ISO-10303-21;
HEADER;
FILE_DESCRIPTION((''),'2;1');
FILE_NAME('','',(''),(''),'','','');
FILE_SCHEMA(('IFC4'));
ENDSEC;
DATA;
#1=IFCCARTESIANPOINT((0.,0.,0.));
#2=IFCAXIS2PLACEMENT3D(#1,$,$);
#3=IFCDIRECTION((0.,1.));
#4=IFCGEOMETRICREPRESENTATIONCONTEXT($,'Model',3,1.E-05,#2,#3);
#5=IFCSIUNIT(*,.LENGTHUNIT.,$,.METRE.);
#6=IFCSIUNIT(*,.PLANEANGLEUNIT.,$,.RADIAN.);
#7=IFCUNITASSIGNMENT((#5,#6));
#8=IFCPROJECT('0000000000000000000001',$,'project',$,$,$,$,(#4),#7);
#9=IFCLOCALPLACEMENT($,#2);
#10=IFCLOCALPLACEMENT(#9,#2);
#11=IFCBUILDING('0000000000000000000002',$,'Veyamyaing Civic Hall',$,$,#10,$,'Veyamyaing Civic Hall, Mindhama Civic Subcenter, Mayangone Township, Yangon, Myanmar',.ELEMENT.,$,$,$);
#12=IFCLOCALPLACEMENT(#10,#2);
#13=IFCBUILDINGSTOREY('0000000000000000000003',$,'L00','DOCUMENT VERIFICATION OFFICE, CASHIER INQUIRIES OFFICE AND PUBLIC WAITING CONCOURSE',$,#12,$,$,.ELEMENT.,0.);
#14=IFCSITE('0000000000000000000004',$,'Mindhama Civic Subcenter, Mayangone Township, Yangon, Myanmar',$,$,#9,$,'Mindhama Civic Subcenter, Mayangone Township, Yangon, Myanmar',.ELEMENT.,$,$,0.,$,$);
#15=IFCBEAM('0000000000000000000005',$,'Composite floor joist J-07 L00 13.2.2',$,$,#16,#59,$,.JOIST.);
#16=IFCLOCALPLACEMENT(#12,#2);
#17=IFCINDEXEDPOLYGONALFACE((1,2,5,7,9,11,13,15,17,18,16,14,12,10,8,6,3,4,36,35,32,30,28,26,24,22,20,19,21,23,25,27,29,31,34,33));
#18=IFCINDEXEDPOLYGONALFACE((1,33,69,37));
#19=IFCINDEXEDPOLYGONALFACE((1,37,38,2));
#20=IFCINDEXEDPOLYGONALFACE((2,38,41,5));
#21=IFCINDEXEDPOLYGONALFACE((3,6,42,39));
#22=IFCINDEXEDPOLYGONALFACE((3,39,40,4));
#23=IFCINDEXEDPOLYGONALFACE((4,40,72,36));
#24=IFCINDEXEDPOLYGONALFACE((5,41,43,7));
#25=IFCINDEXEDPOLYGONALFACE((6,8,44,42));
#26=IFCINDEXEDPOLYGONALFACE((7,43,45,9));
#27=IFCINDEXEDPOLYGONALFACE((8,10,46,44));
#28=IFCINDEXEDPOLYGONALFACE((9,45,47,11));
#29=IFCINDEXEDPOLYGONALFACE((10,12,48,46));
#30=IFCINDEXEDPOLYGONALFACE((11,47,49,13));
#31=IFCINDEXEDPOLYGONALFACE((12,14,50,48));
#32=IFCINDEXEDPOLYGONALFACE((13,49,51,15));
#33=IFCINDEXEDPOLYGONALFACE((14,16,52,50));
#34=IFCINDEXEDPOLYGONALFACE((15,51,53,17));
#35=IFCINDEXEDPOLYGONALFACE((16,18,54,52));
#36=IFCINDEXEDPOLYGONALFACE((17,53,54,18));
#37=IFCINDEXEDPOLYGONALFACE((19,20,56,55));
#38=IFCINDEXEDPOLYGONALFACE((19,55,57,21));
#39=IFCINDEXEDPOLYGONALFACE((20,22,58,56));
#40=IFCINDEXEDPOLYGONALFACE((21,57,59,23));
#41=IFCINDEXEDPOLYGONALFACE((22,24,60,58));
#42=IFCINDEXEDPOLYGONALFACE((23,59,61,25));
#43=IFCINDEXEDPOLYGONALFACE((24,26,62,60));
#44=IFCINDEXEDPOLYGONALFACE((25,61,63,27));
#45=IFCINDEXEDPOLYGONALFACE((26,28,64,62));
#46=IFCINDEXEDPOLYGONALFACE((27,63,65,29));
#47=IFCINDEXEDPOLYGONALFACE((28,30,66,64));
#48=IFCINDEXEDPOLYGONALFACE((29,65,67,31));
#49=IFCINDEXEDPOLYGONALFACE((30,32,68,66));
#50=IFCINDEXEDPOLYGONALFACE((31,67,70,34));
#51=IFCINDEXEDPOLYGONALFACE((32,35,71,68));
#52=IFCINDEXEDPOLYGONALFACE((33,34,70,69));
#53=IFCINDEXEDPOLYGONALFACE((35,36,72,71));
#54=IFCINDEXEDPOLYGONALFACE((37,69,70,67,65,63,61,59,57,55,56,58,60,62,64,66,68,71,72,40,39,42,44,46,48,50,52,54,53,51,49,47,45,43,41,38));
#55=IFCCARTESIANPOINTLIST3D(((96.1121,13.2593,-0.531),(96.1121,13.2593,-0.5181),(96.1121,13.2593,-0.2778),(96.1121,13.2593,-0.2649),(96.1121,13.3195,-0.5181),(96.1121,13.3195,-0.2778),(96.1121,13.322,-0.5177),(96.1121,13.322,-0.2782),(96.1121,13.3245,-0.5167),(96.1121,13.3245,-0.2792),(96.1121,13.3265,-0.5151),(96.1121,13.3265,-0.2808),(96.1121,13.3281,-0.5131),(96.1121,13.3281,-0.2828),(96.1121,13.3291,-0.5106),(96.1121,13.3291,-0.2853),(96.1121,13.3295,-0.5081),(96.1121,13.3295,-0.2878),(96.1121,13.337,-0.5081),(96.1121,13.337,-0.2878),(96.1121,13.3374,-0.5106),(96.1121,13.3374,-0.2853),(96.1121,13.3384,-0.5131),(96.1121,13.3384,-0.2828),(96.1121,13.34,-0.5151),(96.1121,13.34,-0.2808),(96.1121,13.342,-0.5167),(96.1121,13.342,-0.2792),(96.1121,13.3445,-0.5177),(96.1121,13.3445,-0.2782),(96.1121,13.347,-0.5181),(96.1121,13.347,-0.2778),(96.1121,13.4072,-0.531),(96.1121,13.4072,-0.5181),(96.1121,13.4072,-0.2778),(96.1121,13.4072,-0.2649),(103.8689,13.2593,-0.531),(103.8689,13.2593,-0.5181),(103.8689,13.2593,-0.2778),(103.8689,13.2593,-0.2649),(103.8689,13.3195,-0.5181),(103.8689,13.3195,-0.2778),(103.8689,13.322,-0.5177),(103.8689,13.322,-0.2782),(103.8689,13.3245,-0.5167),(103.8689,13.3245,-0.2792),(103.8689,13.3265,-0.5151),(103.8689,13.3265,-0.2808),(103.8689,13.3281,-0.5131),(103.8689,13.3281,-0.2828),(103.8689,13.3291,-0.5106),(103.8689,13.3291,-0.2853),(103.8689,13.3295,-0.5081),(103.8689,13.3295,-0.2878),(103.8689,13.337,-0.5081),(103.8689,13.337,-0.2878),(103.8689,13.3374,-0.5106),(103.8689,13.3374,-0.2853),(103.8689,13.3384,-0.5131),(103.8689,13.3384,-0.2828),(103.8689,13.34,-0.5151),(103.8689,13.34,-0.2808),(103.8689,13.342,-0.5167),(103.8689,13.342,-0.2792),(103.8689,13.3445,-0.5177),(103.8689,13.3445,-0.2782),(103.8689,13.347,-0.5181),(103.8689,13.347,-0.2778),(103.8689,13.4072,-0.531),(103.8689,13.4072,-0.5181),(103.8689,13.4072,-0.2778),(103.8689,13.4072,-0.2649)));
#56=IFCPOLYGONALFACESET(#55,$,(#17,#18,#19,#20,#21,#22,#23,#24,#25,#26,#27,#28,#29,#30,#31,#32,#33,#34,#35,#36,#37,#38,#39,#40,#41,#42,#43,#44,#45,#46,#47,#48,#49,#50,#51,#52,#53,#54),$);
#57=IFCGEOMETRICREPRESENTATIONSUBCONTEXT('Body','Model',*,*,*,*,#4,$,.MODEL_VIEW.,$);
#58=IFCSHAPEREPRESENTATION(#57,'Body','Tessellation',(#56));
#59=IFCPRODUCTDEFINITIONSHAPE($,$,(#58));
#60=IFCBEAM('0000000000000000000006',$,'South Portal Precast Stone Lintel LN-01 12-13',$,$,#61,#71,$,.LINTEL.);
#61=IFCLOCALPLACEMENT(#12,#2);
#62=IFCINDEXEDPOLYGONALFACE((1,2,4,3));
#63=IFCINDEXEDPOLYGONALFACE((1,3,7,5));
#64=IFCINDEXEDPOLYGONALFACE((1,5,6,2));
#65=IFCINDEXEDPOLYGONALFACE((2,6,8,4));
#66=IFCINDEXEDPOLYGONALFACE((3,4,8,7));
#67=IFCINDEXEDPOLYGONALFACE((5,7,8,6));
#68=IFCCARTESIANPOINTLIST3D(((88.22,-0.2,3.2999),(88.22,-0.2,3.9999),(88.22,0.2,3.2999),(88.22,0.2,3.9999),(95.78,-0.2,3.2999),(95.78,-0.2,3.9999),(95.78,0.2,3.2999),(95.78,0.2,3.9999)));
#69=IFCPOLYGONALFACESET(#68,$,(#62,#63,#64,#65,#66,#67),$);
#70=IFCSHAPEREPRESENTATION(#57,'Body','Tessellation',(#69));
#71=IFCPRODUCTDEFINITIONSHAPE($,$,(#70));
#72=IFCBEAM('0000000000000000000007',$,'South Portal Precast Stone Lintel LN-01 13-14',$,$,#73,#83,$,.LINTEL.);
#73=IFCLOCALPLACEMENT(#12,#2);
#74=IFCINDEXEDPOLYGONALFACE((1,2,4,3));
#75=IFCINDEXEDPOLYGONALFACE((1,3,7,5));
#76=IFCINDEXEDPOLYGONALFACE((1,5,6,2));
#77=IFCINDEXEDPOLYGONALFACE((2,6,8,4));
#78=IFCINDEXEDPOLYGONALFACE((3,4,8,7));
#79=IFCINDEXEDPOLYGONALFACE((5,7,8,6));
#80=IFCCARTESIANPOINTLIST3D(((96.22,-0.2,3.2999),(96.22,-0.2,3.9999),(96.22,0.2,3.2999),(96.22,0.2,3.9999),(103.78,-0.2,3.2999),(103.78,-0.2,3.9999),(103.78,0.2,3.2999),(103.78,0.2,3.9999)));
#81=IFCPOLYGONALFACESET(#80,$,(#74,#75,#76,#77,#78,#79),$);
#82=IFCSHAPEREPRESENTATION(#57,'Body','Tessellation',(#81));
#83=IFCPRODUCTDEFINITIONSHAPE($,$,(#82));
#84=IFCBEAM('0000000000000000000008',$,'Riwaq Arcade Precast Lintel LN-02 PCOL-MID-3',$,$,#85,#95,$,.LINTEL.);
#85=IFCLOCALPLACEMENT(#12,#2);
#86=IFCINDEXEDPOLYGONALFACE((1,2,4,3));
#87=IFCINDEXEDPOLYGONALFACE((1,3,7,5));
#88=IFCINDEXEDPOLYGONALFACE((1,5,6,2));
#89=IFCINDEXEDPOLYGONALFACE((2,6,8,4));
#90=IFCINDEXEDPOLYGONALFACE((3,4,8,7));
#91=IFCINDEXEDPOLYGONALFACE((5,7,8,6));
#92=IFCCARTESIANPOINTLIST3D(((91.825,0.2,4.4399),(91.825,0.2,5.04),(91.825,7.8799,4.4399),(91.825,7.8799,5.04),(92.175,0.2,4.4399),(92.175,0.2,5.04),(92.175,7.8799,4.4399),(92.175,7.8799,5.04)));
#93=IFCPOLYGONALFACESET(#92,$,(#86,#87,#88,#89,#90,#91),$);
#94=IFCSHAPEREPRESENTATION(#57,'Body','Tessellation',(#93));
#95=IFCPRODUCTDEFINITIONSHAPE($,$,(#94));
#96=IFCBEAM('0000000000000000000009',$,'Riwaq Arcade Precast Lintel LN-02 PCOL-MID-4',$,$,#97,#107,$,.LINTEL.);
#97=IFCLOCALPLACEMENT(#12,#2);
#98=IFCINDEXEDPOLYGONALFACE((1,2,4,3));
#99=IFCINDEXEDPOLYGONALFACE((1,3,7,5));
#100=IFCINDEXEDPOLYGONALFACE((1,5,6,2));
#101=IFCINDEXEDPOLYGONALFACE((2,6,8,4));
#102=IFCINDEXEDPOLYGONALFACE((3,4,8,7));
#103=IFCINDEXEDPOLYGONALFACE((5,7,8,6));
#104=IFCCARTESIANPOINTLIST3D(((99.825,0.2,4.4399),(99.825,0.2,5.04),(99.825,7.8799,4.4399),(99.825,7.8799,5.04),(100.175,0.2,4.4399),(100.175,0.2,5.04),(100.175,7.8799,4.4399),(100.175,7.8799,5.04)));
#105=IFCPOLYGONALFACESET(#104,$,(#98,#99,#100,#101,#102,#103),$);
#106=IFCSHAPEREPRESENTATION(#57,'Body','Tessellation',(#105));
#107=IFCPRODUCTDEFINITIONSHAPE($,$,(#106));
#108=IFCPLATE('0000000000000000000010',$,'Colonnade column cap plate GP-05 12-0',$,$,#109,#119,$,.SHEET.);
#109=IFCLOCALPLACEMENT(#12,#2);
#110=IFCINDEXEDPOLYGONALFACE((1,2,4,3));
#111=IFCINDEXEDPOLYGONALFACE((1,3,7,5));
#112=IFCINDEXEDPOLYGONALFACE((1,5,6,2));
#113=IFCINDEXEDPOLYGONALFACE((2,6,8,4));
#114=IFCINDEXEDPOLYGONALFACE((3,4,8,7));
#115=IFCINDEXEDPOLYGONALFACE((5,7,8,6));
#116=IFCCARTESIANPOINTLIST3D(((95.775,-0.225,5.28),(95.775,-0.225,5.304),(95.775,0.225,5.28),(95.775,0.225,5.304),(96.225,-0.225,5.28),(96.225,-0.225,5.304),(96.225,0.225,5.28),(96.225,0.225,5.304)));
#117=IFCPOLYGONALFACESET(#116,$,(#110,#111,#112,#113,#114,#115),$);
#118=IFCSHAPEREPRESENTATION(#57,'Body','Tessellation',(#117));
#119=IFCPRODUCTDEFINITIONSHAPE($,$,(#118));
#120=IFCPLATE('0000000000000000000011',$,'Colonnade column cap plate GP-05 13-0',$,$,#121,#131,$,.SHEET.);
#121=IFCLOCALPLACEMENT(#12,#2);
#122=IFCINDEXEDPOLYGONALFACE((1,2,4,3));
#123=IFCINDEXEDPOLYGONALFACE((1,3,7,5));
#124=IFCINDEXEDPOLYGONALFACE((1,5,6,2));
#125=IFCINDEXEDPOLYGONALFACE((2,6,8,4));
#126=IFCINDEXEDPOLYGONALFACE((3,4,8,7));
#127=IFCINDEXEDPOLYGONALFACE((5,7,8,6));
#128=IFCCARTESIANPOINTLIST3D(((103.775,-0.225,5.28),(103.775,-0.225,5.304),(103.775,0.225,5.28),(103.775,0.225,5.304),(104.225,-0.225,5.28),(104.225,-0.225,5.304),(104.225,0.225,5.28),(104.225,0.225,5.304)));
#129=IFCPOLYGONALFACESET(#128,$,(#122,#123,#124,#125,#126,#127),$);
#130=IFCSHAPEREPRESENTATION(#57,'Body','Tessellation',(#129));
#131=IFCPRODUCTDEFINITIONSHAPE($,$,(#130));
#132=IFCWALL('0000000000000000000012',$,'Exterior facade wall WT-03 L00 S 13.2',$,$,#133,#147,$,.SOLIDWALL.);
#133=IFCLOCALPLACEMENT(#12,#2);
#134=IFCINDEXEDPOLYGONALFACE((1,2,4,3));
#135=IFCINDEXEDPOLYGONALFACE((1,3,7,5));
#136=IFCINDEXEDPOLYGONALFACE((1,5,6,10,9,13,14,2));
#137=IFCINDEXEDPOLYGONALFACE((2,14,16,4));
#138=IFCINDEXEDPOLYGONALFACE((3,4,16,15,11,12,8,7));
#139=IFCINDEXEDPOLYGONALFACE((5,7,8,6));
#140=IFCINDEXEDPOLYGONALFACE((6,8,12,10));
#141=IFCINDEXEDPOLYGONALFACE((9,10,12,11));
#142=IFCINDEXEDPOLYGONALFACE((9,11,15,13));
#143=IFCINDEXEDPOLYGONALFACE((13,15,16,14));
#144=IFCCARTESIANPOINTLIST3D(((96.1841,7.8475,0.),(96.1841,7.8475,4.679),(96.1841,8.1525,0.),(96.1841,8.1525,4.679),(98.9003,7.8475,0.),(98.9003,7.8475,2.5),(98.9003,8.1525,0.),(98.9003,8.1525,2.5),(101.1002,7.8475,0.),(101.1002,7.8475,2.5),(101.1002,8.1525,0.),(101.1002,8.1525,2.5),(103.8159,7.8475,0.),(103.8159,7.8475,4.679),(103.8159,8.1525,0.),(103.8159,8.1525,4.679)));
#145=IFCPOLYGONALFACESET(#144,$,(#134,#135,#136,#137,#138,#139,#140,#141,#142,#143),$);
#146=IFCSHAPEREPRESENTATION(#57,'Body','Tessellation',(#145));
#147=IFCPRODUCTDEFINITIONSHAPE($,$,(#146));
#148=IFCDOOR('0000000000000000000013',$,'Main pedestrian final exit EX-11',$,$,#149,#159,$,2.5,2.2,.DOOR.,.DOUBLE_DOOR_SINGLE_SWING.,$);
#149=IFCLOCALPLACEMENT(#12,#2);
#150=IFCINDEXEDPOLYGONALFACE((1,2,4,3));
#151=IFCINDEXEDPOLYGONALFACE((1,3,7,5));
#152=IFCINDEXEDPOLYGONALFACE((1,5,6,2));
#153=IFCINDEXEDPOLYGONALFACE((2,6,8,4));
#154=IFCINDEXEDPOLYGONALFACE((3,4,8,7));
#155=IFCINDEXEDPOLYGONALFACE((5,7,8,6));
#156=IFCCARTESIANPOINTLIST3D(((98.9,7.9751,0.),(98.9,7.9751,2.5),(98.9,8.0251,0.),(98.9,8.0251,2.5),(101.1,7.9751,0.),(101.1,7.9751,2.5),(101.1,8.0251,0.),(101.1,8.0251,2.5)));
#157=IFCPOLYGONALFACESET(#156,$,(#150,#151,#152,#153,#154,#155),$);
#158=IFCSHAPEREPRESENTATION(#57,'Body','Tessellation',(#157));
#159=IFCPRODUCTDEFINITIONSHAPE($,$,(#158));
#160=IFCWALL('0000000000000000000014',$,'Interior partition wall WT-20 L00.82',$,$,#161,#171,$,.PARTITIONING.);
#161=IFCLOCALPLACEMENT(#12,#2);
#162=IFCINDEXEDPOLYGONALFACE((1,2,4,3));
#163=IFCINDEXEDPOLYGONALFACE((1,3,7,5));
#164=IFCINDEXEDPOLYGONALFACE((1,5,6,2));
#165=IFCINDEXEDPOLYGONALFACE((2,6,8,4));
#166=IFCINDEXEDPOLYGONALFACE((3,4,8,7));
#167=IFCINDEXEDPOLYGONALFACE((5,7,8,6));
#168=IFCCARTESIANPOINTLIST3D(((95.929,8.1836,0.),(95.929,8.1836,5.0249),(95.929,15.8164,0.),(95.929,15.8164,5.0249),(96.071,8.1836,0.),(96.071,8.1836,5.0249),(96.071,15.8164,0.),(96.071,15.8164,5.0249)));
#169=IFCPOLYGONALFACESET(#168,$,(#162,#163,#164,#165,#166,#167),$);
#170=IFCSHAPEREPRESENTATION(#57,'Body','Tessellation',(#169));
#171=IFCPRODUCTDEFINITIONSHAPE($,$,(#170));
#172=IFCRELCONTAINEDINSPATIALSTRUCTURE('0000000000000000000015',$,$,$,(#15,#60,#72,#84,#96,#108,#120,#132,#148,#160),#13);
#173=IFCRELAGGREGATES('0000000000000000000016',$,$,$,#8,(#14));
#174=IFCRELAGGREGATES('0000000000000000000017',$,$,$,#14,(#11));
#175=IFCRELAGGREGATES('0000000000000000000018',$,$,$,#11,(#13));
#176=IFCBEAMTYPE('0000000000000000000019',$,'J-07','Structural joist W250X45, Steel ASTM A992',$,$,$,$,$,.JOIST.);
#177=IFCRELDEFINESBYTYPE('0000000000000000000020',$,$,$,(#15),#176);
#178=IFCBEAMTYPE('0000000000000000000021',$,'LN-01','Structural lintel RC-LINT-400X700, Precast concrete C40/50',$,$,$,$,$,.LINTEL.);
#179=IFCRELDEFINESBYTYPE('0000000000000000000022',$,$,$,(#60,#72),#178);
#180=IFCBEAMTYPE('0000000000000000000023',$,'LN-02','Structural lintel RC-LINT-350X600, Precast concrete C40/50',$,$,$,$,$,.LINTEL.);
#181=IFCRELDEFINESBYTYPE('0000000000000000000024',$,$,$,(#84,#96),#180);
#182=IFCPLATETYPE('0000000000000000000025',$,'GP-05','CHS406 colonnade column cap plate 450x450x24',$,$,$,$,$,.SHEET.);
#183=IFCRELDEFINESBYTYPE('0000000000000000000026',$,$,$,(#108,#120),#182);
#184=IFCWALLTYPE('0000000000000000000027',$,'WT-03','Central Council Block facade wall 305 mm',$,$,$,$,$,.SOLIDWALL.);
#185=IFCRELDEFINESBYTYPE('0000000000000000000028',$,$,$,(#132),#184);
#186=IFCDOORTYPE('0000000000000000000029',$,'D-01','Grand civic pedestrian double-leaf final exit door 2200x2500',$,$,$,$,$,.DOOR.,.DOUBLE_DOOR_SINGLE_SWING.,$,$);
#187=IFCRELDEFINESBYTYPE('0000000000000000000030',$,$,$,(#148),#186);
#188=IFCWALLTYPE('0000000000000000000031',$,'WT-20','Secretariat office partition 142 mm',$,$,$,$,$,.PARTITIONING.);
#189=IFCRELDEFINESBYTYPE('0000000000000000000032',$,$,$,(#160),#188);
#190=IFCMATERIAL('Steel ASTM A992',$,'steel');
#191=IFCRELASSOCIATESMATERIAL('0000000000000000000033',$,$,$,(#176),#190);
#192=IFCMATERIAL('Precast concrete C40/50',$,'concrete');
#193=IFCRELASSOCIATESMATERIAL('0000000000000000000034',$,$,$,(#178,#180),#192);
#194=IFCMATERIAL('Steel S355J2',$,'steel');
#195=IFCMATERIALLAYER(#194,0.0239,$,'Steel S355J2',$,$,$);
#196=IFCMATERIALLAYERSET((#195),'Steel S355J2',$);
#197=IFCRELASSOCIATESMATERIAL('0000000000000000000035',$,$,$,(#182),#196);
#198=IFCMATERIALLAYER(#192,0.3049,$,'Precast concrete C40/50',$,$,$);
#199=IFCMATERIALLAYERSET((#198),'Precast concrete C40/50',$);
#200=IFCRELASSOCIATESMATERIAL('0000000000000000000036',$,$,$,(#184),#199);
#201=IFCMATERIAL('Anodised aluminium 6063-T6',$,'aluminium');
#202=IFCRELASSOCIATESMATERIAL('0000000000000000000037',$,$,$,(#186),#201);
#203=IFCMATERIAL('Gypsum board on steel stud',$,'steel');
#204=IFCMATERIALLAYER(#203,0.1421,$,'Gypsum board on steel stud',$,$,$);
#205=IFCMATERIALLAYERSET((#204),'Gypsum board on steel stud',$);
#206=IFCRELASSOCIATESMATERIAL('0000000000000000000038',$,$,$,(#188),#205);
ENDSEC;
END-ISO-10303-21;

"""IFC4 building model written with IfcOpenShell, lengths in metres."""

from ifc_helpers import new_model, si_unit, direction, frame, frame_2d, origin, origin_2d, place, context, subcontext, project, spatial, rectangle, i_section, extrude, material, layer, layer_set, material_profile, profile_set, type_object, element, fill, save


model = new_model("IFC4")

# Units and contexts
model_context = context("Model", 3, precision=1e-05, world=origin(), true_north=direction((0.0, 1.0)))
body_context = subcontext(model_context, "Body", "Model", "MODEL_VIEW")
ifc_project = project(units=[si_unit("LENGTHUNIT", "METRE"), si_unit("PLANEANGLEUNIT", "RADIAN")], contexts=[model_context])

# Site, building, storey
site_placement = place(None, origin())
site = spatial("IfcSite", under=ifc_project, at=site_placement, Name="Mindhama Civic Subcenter, Mayangone Township, Yangon, Myanmar", LongName="Mindhama Civic Subcenter, Mayangone Township, Yangon, Myanmar", CompositionType="ELEMENT", RefElevation=0.0)
building_placement = place(site_placement, origin())
building = spatial("IfcBuilding", under=site, at=building_placement, Name="Veyamyaing Civic Hall", LongName="Veyamyaing Civic Hall, Mindhama Civic Subcenter, Mayangone Township, Yangon, Myanmar", CompositionType="ELEMENT")
storey_placement = place(building_placement, origin())
storey = spatial("IfcBuildingStorey", under=building, at=storey_placement, Name="L00", Description="DOCUMENT VERIFICATION OFFICE, CASHIER INQUIRIES OFFICE AND PUBLIC WAITING CONCOURSE", CompositionType="ELEMENT", Elevation=0.0)

# Shared definitions
ifc_material_1 = material(Name="Steel S355J2", Category="steel")

# Beams
ifc_material_2 = material(Name="Steel ASTM A992", Category="steel")
ifc_material_profile_1 = material_profile(ifc_material_2, i_section(OverallWidth=0.1479, OverallDepth=0.2661, WebThickness=0.0076, FlangeThickness=0.0129, FilletRadius=0.01, at=origin_2d()), Name="W250X45")
ifc_profile_set_1 = profile_set([ifc_material_profile_1], Name="Steel ASTM A992")
beam_type_1 = type_object("IfcBeamType", Name="J-07", Description="Structural joist W250X45, Steel ASTM A992", PredefinedType="JOIST", material=ifc_profile_set_1)
for number, where, z_axis, x_axis, name in (
    (1, (96.1121, 13.3333, -0.3979), (1.0, 0.0, 0.0), (0.0, 1.0, 0.0), "Composite floor joist J-07 L00 13.2.2"),
):
    element("IfcBeam", number, at=place(storey_placement, frame(where, z_axis=z_axis, x_axis=x_axis)), inside=storey, type_object=beam_type_1, Name=name, PredefinedType="JOIST", context=body_context, shape_type="SweptSolid", body=[
        extrude(i_section(OverallWidth=0.1479, OverallDepth=0.2661, WebThickness=0.0076, FlangeThickness=0.0129, FilletRadius=0.01, at=origin_2d()), origin(), (0.0, 0.0, 1.0), 7.7568),
    ])
ifc_material_3 = material(Name="Precast concrete C40/50", Category="concrete")
ifc_material_profile_2 = material_profile(ifc_material_3, rectangle(XDim=0.3999, YDim=0.7, at=origin_2d()), Name="RC-LINT-400X700")
ifc_profile_set_2 = profile_set([ifc_material_profile_2], Name="Precast concrete C40/50")
beam_type_2 = type_object("IfcBeamType", Name="LN-01", Description="Structural lintel RC-LINT-400X700, Precast concrete C40/50", PredefinedType="LINTEL", material=ifc_profile_set_2)
for number, where, z_axis, x_axis, name in (
    (2, (88.22, 0.0, 3.6499), (1.0, 0.0, 0.0), (0.0, 1.0, 0.0), "South Portal Precast Stone Lintel LN-01 12-13"),
    (3, (96.22, 0.0, 3.6499), (1.0, 0.0, 0.0), (0.0, 1.0, 0.0), "South Portal Precast Stone Lintel LN-01 13-14"),
):
    element("IfcBeam", number, at=place(storey_placement, frame(where, z_axis=z_axis, x_axis=x_axis)), inside=storey, type_object=beam_type_2, Name=name, PredefinedType="LINTEL", context=body_context, shape_type="SweptSolid", body=[
        extrude(rectangle(XDim=0.3999, YDim=0.7, at=origin_2d()), origin(), (0.0, 0.0, 1.0), 7.5601),
    ])
ifc_material_profile_3 = material_profile(ifc_material_3, rectangle(XDim=0.3501, YDim=0.6001, at=origin_2d()), Name="RC-LINT-350X600")
ifc_profile_set_3 = profile_set([ifc_material_profile_3], Name="Precast concrete C40/50")
beam_type_3 = type_object("IfcBeamType", Name="LN-02", Description="Structural lintel RC-LINT-350X600, Precast concrete C40/50", PredefinedType="LINTEL", material=ifc_profile_set_3)
for number, where, z_axis, x_axis, name in (
    (4, (92.0, 0.2, 4.74), (0.0, 1.0, 0.0), (-1.0, 0.0, 0.0), "Riwaq Arcade Precast Lintel LN-02 PCOL-MID-3"),
    (5, (100.0, 0.2, 4.74), (0.0, 1.0, 0.0), (-1.0, 0.0, 0.0), "Riwaq Arcade Precast Lintel LN-02 PCOL-MID-4"),
):
    element("IfcBeam", number, at=place(storey_placement, frame(where, z_axis=z_axis, x_axis=x_axis)), inside=storey, type_object=beam_type_3, Name=name, PredefinedType="LINTEL", context=body_context, shape_type="SweptSolid", body=[
        extrude(rectangle(XDim=0.3501, YDim=0.6001, at=origin_2d()), origin(), (0.0, 0.0, 1.0), 7.6799),
    ])

# Plates
ifc_layer_1 = layer(ifc_material_1, 0.0239, Name="Steel S355J2")
ifc_layer_set_1 = layer_set([ifc_layer_1], Name="Steel S355J2")
plate_type = type_object("IfcPlateType", Name="GP-05", Description="CHS406 colonnade column cap plate 450x450x24", PredefinedType="SHEET", material=ifc_layer_set_1)
for number, where, z_axis, x_axis, name in (
    (6, (96.0, 0.0, 5.28), (0.0, 0.0, 1.0), (1.0, 0.0, 0.0), "Colonnade column cap plate GP-05 12-0"),
    (7, (104.0, 0.0, 5.28), (0.0, 0.0, 1.0), (1.0, 0.0, 0.0), "Colonnade column cap plate GP-05 13-0"),
):
    element("IfcPlate", number, at=place(storey_placement, frame(where, z_axis=z_axis, x_axis=x_axis)), inside=storey, type_object=plate_type, Name=name, PredefinedType="SHEET", context=body_context, shape_type="SweptSolid", body=[
        extrude(rectangle(XDim=0.45, YDim=0.45, at=origin_2d()), origin(), (0.0, 0.0, 1.0), 0.0239),
    ])

# Wall, opening, door
ifc_layer_2 = layer(ifc_material_3, 0.3049, Name="Precast concrete C40/50")
ifc_layer_set_2 = layer_set([ifc_layer_2], Name="Precast concrete C40/50")
wall_type_1 = type_object("IfcWallType", Name="WT-03", Description="Central Council Block facade wall 305 mm", PredefinedType="SOLIDWALL", material=ifc_layer_set_2)
wall_1_placement = place(storey_placement, frame((96.1841, 8.0, 0.0), z_axis=(0.0, 0.0, 1.0), x_axis=(1.0, 0.0, 0.0)))
wall_1 = element("IfcWall", 8, at=wall_1_placement, inside=storey, type_object=wall_type_1, Name="Exterior facade wall WT-03 L00 S 13.2", PredefinedType="SOLIDWALL", context=body_context, shape_type="SweptSolid", body=[
    extrude(rectangle(XDim=7.6318, YDim=0.3049, at=frame_2d((3.8159, 0.0))), origin(), (0.0, 0.0, 1.0), 4.679),
])
opening_placement = place(wall_1_placement, frame((2.7161, 0.0, 0.0)))
opening = element("IfcOpeningElement", 9, at=opening_placement, cuts=wall_1, PredefinedType="OPENING", context=body_context, shape_type="SweptSolid", body=[
    extrude(rectangle(XDim=2.2, YDim=2.5, at=frame_2d((1.1001, 1.25))), frame((0.0, 0.1624, 0.0), z_axis=(0.0, -1.0, 0.0), x_axis=(1.0, 0.0, 0.0)), (0.0, 0.0, 1.0), 0.325),
])
ifc_material_4 = material(Name="Anodised aluminium 6063-T6", Category="aluminium")
door_type = type_object("IfcDoorType", Name="D-01", Description="Grand civic pedestrian double-leaf final exit door 2200x2500", OperationType="DOUBLE_DOOR_SINGLE_SWING", PredefinedType="DOOR", material=ifc_material_4)
door_placement = place(opening_placement, frame((2.2, 0.0, 0.0), z_axis=(0.0, 0.0, 1.0), x_axis=(-1.0, 0.0, 0.0)))
door = element("IfcDoor", 10, at=door_placement, inside=storey, type_object=door_type, Name="Main pedestrian final exit EX-11", OperationType="DOUBLE_DOOR_SINGLE_SWING", OverallHeight=2.5, OverallWidth=2.2, PredefinedType="DOOR", context=body_context, shape_type="SweptSolid", body=[
    extrude(rectangle(XDim=2.2, YDim=2.5, at=frame_2d((1.1001, 1.25))), frame((0.0, 0.0249, 0.0), z_axis=(0.0, -1.0, 0.0), x_axis=(1.0, 0.0, 0.0)), (0.0, 0.0, 1.0), 0.05),
])
fill(opening, door)

# Wall
ifc_material_5 = material(Name="Gypsum board on steel stud", Category="steel")
ifc_layer_3 = layer(ifc_material_5, 0.1421, Name="Gypsum board on steel stud")
ifc_layer_set_3 = layer_set([ifc_layer_3], Name="Gypsum board on steel stud")
wall_type_2 = type_object("IfcWallType", Name="WT-20", Description="Secretariat office partition 142 mm", PredefinedType="PARTITIONING", material=ifc_layer_set_3)
wall_2_placement = place(storey_placement, frame((96.0, 8.1836, 0.0), z_axis=(0.0, 0.0, 1.0), x_axis=(0.0, 1.0, 0.0)))
element("IfcWall", 11, at=wall_2_placement, inside=storey, type_object=wall_type_2, Name="Interior partition wall WT-20 L00.82", PredefinedType="PARTITIONING", context=body_context, shape_type="SweptSolid", body=[
    extrude(rectangle(XDim=7.6328, YDim=0.1421, at=frame_2d((3.8164, 0.0))), origin(), (0.0, 0.0, 1.0), 5.0249),
])

save(model, "model.ifc")
